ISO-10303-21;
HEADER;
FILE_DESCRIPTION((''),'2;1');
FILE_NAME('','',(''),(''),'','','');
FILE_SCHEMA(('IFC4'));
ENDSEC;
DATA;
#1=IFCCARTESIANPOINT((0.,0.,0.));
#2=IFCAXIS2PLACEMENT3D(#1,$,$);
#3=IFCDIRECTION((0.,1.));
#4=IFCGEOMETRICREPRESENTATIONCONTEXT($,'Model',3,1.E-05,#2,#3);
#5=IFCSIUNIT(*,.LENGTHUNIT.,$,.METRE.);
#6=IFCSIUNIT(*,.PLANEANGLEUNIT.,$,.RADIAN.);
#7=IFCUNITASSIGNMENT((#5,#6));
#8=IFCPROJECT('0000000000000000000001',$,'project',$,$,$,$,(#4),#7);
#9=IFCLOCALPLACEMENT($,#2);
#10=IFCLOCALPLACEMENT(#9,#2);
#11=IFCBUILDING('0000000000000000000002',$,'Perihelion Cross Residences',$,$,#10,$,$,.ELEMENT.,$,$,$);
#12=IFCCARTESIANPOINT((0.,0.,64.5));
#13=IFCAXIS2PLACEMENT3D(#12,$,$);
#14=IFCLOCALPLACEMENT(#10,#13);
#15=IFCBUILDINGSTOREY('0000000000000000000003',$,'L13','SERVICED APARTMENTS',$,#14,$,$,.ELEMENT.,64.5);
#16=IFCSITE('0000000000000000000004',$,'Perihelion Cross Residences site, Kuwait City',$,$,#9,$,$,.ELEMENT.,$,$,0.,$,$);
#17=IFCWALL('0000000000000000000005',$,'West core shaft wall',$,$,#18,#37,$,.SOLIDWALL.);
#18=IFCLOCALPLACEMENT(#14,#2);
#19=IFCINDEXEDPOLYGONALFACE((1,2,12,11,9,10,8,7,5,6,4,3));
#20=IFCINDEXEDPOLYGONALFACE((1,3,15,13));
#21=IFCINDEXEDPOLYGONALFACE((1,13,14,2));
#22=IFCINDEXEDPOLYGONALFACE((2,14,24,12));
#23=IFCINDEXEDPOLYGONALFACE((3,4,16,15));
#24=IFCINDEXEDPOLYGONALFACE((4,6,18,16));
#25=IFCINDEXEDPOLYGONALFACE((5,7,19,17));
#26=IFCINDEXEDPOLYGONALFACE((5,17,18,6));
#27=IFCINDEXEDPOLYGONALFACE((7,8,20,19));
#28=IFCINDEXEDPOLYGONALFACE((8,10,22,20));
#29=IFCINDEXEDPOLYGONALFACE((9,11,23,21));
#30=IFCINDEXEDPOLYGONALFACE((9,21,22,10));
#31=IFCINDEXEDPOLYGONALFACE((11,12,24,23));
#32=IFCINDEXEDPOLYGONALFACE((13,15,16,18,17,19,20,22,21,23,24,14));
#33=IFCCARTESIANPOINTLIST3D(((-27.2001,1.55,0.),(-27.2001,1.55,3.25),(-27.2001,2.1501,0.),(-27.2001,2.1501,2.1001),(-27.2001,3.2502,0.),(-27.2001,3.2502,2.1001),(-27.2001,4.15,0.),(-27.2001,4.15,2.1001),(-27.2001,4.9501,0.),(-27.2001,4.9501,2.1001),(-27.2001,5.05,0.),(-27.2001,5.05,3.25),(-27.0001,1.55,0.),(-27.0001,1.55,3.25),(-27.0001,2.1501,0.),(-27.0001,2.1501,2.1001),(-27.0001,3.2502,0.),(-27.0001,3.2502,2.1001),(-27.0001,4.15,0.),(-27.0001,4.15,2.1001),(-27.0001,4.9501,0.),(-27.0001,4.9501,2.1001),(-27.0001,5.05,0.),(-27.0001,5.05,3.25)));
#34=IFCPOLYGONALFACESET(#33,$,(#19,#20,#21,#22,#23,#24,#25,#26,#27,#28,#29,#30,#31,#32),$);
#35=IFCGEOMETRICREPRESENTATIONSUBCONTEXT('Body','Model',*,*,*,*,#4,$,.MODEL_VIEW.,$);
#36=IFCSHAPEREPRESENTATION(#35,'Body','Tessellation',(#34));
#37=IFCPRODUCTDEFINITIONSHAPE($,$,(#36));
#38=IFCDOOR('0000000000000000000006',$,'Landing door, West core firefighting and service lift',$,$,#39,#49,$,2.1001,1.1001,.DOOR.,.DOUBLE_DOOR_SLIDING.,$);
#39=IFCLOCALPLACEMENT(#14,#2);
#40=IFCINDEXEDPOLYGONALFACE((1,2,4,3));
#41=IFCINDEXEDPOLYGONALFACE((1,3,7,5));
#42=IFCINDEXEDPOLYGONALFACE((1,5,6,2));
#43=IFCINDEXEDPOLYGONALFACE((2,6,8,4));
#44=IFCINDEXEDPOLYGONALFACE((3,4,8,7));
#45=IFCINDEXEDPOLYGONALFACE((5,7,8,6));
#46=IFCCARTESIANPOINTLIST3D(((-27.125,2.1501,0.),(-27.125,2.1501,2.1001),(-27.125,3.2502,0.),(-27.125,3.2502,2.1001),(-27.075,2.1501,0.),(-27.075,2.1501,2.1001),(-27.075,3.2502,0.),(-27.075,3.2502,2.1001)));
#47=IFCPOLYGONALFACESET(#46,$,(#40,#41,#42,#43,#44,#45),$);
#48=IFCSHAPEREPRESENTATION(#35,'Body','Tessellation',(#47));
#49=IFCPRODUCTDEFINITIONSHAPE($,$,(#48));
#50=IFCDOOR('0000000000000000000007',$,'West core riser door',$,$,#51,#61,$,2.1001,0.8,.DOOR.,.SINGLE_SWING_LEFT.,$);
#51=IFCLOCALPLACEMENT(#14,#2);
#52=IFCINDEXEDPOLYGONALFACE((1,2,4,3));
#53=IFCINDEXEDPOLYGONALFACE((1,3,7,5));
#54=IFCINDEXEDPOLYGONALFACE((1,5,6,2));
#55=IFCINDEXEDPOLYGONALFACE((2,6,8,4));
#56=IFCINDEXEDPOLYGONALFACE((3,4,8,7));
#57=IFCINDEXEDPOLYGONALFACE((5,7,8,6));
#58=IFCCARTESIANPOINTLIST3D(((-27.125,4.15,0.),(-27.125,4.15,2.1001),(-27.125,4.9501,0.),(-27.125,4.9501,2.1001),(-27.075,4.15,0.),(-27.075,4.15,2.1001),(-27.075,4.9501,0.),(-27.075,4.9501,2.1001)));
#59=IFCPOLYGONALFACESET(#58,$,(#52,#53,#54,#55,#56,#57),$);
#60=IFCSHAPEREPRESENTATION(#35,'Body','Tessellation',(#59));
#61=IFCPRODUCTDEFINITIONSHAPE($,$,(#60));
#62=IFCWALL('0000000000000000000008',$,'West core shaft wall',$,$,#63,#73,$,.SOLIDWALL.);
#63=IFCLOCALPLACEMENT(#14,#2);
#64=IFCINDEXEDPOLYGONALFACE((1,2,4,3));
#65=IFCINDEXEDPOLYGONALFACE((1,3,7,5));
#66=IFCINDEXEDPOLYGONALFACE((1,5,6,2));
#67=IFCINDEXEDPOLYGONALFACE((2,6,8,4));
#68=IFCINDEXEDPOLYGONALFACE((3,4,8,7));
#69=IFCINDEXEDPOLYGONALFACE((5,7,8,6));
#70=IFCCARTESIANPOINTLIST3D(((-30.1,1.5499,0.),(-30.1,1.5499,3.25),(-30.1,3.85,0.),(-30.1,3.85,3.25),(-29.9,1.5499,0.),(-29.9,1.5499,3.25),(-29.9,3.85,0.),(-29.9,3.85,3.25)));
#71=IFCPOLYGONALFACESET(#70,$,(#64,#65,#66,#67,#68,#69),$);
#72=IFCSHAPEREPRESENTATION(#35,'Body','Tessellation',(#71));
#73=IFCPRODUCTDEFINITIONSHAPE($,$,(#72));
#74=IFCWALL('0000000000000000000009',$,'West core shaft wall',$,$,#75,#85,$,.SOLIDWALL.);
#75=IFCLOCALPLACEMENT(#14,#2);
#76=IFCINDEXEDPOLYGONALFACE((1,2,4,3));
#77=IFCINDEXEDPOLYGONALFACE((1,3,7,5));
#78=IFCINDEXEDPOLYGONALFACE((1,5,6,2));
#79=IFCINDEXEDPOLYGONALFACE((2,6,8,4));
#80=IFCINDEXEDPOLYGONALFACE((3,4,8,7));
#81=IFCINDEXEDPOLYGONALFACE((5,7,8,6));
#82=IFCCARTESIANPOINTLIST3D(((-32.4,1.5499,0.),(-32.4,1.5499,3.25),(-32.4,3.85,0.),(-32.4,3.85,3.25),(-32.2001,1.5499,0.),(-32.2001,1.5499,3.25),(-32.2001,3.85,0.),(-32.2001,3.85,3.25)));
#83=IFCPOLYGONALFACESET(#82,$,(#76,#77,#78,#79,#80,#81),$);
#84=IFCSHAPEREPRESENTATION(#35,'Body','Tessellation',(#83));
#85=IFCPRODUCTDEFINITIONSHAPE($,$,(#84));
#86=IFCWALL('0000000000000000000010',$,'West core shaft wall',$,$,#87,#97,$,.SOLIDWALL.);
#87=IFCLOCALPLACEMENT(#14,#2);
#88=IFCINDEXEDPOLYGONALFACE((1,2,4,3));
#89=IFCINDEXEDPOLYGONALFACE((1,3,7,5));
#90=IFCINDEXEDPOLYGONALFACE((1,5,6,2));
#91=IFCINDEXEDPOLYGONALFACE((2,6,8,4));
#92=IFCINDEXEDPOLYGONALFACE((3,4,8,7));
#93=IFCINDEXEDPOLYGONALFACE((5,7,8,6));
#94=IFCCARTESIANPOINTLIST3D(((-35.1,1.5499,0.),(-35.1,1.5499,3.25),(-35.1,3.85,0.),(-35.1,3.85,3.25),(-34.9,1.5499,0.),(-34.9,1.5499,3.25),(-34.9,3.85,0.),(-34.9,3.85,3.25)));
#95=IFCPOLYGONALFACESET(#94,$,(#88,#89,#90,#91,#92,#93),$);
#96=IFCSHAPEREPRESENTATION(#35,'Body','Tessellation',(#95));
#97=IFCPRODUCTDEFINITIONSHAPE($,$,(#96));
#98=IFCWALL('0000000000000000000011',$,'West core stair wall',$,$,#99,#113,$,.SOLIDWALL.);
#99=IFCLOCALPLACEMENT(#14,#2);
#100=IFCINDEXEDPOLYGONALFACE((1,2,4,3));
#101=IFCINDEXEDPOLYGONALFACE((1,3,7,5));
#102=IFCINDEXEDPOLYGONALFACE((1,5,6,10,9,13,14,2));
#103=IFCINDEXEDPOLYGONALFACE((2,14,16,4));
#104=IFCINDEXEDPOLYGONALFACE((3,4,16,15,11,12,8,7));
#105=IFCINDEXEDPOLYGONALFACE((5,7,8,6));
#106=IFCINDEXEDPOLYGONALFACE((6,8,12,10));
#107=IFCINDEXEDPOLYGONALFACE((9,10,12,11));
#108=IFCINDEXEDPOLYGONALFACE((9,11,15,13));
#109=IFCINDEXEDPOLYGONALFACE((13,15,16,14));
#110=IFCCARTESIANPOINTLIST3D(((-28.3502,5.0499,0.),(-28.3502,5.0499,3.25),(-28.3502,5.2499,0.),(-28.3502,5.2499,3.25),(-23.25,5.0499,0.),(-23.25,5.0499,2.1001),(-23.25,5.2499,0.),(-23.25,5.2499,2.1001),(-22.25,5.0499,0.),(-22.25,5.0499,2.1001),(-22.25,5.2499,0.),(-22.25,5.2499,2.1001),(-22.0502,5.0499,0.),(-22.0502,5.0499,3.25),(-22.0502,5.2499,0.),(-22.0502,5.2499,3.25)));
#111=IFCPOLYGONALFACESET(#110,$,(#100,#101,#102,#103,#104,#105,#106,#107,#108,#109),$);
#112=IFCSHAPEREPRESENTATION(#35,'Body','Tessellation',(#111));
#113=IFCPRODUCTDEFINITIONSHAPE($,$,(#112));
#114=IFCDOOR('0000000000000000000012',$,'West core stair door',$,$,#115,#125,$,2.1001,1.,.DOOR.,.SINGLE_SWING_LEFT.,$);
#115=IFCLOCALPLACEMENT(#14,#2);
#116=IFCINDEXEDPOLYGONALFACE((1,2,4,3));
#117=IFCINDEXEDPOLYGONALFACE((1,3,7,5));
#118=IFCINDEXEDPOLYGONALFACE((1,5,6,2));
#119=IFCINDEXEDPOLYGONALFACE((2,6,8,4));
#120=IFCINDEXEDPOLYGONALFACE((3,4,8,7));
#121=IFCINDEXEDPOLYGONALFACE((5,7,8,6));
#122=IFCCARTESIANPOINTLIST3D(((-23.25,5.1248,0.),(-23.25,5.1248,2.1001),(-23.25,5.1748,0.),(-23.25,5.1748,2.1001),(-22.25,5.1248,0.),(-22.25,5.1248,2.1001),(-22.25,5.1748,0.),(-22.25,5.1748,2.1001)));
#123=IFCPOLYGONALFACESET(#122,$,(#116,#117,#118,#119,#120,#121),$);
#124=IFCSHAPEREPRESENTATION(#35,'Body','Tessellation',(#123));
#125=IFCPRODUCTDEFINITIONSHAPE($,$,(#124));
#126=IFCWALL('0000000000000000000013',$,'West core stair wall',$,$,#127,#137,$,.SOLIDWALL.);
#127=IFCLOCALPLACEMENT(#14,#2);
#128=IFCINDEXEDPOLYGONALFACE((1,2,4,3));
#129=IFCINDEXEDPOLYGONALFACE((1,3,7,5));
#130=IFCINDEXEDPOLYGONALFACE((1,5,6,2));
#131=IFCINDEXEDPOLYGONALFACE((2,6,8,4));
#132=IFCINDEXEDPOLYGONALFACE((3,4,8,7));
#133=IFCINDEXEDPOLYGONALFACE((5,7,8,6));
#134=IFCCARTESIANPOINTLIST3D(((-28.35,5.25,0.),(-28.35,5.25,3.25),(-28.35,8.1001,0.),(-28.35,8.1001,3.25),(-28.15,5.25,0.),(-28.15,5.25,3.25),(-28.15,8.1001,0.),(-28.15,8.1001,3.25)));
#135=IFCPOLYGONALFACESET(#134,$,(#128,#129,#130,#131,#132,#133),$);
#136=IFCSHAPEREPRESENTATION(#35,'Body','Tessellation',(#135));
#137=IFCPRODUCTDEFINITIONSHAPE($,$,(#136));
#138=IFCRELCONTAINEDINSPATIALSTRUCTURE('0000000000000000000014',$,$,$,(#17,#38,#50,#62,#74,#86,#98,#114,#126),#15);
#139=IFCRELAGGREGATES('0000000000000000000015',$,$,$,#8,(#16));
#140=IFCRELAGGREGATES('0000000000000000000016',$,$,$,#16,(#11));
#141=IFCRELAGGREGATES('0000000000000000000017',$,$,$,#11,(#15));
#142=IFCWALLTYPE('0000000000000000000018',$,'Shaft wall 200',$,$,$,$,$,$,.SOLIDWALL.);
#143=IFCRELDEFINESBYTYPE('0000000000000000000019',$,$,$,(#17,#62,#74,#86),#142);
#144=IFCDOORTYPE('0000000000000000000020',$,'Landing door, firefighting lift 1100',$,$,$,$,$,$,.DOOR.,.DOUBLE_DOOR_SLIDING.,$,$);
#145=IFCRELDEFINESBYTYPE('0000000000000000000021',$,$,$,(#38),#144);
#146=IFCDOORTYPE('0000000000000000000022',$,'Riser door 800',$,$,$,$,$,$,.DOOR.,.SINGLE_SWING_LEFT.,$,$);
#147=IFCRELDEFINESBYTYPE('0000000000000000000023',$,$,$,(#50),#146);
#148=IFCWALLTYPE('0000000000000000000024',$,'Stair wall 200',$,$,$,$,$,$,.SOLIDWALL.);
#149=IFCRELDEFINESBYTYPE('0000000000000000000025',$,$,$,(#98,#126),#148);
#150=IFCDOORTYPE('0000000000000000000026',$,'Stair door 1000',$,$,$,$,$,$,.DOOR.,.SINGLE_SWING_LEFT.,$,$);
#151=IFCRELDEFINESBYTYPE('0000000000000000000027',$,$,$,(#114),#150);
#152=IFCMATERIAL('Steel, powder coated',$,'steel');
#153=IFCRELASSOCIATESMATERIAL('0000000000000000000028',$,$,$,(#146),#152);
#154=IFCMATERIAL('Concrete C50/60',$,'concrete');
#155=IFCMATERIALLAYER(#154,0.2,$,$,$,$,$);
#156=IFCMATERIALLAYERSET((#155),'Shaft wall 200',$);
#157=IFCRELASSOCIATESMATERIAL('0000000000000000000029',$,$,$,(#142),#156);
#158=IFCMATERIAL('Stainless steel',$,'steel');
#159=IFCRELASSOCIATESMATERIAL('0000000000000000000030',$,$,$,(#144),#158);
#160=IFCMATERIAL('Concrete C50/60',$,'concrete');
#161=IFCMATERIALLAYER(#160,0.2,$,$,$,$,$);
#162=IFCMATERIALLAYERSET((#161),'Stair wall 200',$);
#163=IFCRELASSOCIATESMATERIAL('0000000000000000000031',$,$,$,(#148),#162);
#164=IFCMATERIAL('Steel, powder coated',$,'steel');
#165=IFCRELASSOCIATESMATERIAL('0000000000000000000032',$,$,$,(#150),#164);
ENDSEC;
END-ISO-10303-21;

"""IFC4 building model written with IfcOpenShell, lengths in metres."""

from ifc_helpers import new_model, si_unit, direction, frame, frame_2d, origin, place, context, subcontext, project, spatial, rectangle, extrude, material, layer, layer_set, type_object, element, fill, save


model = new_model("IFC4")

# Units and contexts
model_context = context("Model", 3, precision=1e-05, world=origin(), true_north=direction((0.0, 1.0)))
body_context = subcontext(model_context, "Body", "Model", "MODEL_VIEW")
ifc_project = project(units=[si_unit("LENGTHUNIT", "METRE"), si_unit("PLANEANGLEUNIT", "RADIAN")], contexts=[model_context])

# Site, building, storey
site_placement = place(None, origin())
site = spatial("IfcSite", under=ifc_project, at=site_placement, Name="Perihelion Cross Residences site, Kuwait City", CompositionType="ELEMENT", RefElevation=0.0)
building_placement = place(site_placement, origin())
building = spatial("IfcBuilding", under=site, at=building_placement, Name="Perihelion Cross Residences", CompositionType="ELEMENT")
storey_placement = place(building_placement, frame((0.0, 0.0, 64.5)))
storey = spatial("IfcBuildingStorey", under=building, at=storey_placement, Name="L13", Description="SERVICED APARTMENTS", CompositionType="ELEMENT", Elevation=64.5)

# Shared definitions
ifc_material_1 = material(Name="Steel, powder coated", Category="steel")
door_type_1 = type_object("IfcDoorType", Name="Riser door 800", OperationType="SINGLE_SWING_LEFT", PredefinedType="DOOR", material=ifc_material_1)

# Shared definitions
ifc_material_2 = material(Name="Concrete C50/60", Category="concrete")
ifc_layer_1 = layer(ifc_material_2, 0.2)
ifc_layer_set_1 = layer_set([ifc_layer_1], Name="Shaft wall 200")
wall_type_1 = type_object("IfcWallType", Name="Shaft wall 200", PredefinedType="SOLIDWALL", material=ifc_layer_set_1)

# Wall, openings, doors
wall_1_placement = place(storey_placement, frame((-27.1001, 1.55, 0.0), z_axis=(0.0, 0.0, 1.0), x_axis=(0.0, 1.0, 0.0)))
wall_1 = element("IfcWall", 1, at=wall_1_placement, inside=storey, type_object=wall_type_1, Name="West core shaft wall", PredefinedType="SOLIDWALL", context=body_context, shape_type="SweptSolid", body=[
    extrude(rectangle(XDim=3.5, YDim=0.2, at=frame_2d((1.75, 0.0))), origin(), (0.0, 0.0, 1.0), 3.25),
])
opening_1_placement = place(wall_1_placement, frame((0.6001, 0.0, 0.0)))
opening_1 = element("IfcOpeningElement", 2, at=opening_1_placement, cuts=wall_1, PredefinedType="OPENING", context=body_context, shape_type="SweptSolid", body=[
    extrude(rectangle(XDim=1.1001, YDim=2.1001, at=frame_2d((0.55, 1.05))), frame((0.0, 0.1099, 0.0), z_axis=(0.0, -1.0, 0.0), x_axis=(1.0, 0.0, 0.0)), (0.0, 0.0, 1.0), 0.22),
])
opening_2_placement = place(wall_1_placement, frame((2.6001, 0.0, 0.0)))
opening_2 = element("IfcOpeningElement", 3, at=opening_2_placement, cuts=wall_1, PredefinedType="OPENING", context=body_context, shape_type="SweptSolid", body=[
    extrude(rectangle(XDim=0.8, YDim=2.1001, at=frame_2d((0.3999, 1.05))), frame((0.0, 0.1099, 0.0), z_axis=(0.0, -1.0, 0.0), x_axis=(1.0, 0.0, 0.0)), (0.0, 0.0, 1.0), 0.22),
])
ifc_material_3 = material(Name="Stainless steel", Category="steel")
door_type_2 = type_object("IfcDoorType", Name="Landing door, firefighting lift 1100", OperationType="DOUBLE_DOOR_SLIDING", PredefinedType="DOOR", material=ifc_material_3)
door_1_placement = place(opening_1_placement, origin())
door_1 = element("IfcDoor", 4, at=door_1_placement, inside=storey, type_object=door_type_2, Name="Landing door, West core firefighting and service lift", OperationType="DOUBLE_DOOR_SLIDING", OverallHeight=2.1001, OverallWidth=1.1001, PredefinedType="DOOR", context=body_context, shape_type="SweptSolid", body=[
    extrude(rectangle(XDim=1.1001, YDim=2.1001, at=frame_2d((0.55, 1.05))), frame((0.0, 0.0249, 0.0), z_axis=(0.0, -1.0, 0.0), x_axis=(1.0, 0.0, 0.0)), (0.0, 0.0, 1.0), 0.05),
])
fill(opening_1, door_1)
door_2_placement = place(opening_2_placement, origin())
door_2 = element("IfcDoor", 5, at=door_2_placement, inside=storey, type_object=door_type_1, Name="West core riser door", OperationType="SINGLE_SWING_LEFT", OverallHeight=2.1001, OverallWidth=0.8, PredefinedType="DOOR", context=body_context, shape_type="SweptSolid", body=[
    extrude(rectangle(XDim=0.8, YDim=2.1001, at=frame_2d((0.3999, 1.05))), frame((0.0, 0.0249, 0.0), z_axis=(0.0, -1.0, 0.0), x_axis=(1.0, 0.0, 0.0)), (0.0, 0.0, 1.0), 0.05),
])
fill(opening_2, door_2)

# Walls
for number, where, z_axis, x_axis, name in (
    (6, (-30.0, 1.55, 0.0), (0.0, 0.0, 1.0), (0.0, 1.0, 0.0), "West core shaft wall"),
    (7, (-32.3, 1.55, 0.0), (0.0, 0.0, 1.0), (0.0, 1.0, 0.0), "West core shaft wall"),
    (8, (-35.0, 1.55, 0.0), (0.0, 0.0, 1.0), (0.0, 1.0, 0.0), "West core shaft wall"),
):
    element("IfcWall", number, at=place(storey_placement, frame(where, z_axis=z_axis, x_axis=x_axis)), inside=storey, type_object=wall_type_1, Name=name, PredefinedType="SOLIDWALL", context=body_context, shape_type="SweptSolid", body=[
        extrude(rectangle(XDim=2.3, YDim=0.2, at=frame_2d((1.1499, 0.0))), origin(), (0.0, 0.0, 1.0), 3.25),
    ])

# Wall, opening, door
ifc_material_4 = material(Name="Concrete C50/60", Category="concrete")
ifc_layer_2 = layer(ifc_material_4, 0.2)
ifc_layer_set_2 = layer_set([ifc_layer_2], Name="Stair wall 200")
wall_type_2 = type_object("IfcWallType", Name="Stair wall 200", PredefinedType="SOLIDWALL", material=ifc_layer_set_2)
wall_2_placement = place(storey_placement, frame((-28.3501, 5.1499, 0.0), z_axis=(0.0, 0.0, 1.0), x_axis=(1.0, 0.0, 0.0)))
wall_2 = element("IfcWall", 9, at=wall_2_placement, inside=storey, type_object=wall_type_2, Name="West core stair wall", PredefinedType="SOLIDWALL", context=body_context, shape_type="SweptSolid", body=[
    extrude(rectangle(XDim=6.3, YDim=0.2, at=frame_2d((3.1499, 0.0))), origin(), (0.0, 0.0, 1.0), 3.25),
])
opening_3_placement = place(wall_2_placement, frame((5.1001, 0.0, 0.0)))
opening_3 = element("IfcOpeningElement", 10, at=opening_3_placement, cuts=wall_2, PredefinedType="OPENING", context=body_context, shape_type="SweptSolid", body=[
    extrude(rectangle(XDim=1.0, YDim=2.1001, at=frame_2d((0.5, 1.05))), frame((0.0, 0.1099, 0.0), z_axis=(0.0, -1.0, 0.0), x_axis=(1.0, 0.0, 0.0)), (0.0, 0.0, 1.0), 0.22),
])
ifc_material_5 = material(Name="Steel, powder coated", Category="steel")
door_type_3 = type_object("IfcDoorType", Name="Stair door 1000", OperationType="SINGLE_SWING_LEFT", PredefinedType="DOOR", material=ifc_material_5)
door_3_placement = place(opening_3_placement, origin())
door_3 = element("IfcDoor", 11, at=door_3_placement, inside=storey, type_object=door_type_3, Name="West core stair door", OperationType="SINGLE_SWING_LEFT", OverallHeight=2.1001, OverallWidth=1.0, PredefinedType="DOOR", context=body_context, shape_type="SweptSolid", body=[
    extrude(rectangle(XDim=1.0, YDim=2.1001, at=frame_2d((0.5, 1.05))), frame((0.0, 0.0249, 0.0), z_axis=(0.0, -1.0, 0.0), x_axis=(1.0, 0.0, 0.0)), (0.0, 0.0, 1.0), 0.05),
])
fill(opening_3, door_3)

# Wall
wall_3_placement = place(storey_placement, frame((-28.25, 5.25, 0.0), z_axis=(0.0, 0.0, 1.0), x_axis=(0.0, 1.0, 0.0)))
element("IfcWall", 12, at=wall_3_placement, inside=storey, type_object=wall_type_2, Name="West core stair wall", PredefinedType="SOLIDWALL", context=body_context, shape_type="SweptSolid", body=[
    extrude(rectangle(XDim=2.8501, YDim=0.2, at=frame_2d((1.425, 0.0))), origin(), (0.0, 0.0, 1.0), 3.25),
])

save(model, "model.ifc")
